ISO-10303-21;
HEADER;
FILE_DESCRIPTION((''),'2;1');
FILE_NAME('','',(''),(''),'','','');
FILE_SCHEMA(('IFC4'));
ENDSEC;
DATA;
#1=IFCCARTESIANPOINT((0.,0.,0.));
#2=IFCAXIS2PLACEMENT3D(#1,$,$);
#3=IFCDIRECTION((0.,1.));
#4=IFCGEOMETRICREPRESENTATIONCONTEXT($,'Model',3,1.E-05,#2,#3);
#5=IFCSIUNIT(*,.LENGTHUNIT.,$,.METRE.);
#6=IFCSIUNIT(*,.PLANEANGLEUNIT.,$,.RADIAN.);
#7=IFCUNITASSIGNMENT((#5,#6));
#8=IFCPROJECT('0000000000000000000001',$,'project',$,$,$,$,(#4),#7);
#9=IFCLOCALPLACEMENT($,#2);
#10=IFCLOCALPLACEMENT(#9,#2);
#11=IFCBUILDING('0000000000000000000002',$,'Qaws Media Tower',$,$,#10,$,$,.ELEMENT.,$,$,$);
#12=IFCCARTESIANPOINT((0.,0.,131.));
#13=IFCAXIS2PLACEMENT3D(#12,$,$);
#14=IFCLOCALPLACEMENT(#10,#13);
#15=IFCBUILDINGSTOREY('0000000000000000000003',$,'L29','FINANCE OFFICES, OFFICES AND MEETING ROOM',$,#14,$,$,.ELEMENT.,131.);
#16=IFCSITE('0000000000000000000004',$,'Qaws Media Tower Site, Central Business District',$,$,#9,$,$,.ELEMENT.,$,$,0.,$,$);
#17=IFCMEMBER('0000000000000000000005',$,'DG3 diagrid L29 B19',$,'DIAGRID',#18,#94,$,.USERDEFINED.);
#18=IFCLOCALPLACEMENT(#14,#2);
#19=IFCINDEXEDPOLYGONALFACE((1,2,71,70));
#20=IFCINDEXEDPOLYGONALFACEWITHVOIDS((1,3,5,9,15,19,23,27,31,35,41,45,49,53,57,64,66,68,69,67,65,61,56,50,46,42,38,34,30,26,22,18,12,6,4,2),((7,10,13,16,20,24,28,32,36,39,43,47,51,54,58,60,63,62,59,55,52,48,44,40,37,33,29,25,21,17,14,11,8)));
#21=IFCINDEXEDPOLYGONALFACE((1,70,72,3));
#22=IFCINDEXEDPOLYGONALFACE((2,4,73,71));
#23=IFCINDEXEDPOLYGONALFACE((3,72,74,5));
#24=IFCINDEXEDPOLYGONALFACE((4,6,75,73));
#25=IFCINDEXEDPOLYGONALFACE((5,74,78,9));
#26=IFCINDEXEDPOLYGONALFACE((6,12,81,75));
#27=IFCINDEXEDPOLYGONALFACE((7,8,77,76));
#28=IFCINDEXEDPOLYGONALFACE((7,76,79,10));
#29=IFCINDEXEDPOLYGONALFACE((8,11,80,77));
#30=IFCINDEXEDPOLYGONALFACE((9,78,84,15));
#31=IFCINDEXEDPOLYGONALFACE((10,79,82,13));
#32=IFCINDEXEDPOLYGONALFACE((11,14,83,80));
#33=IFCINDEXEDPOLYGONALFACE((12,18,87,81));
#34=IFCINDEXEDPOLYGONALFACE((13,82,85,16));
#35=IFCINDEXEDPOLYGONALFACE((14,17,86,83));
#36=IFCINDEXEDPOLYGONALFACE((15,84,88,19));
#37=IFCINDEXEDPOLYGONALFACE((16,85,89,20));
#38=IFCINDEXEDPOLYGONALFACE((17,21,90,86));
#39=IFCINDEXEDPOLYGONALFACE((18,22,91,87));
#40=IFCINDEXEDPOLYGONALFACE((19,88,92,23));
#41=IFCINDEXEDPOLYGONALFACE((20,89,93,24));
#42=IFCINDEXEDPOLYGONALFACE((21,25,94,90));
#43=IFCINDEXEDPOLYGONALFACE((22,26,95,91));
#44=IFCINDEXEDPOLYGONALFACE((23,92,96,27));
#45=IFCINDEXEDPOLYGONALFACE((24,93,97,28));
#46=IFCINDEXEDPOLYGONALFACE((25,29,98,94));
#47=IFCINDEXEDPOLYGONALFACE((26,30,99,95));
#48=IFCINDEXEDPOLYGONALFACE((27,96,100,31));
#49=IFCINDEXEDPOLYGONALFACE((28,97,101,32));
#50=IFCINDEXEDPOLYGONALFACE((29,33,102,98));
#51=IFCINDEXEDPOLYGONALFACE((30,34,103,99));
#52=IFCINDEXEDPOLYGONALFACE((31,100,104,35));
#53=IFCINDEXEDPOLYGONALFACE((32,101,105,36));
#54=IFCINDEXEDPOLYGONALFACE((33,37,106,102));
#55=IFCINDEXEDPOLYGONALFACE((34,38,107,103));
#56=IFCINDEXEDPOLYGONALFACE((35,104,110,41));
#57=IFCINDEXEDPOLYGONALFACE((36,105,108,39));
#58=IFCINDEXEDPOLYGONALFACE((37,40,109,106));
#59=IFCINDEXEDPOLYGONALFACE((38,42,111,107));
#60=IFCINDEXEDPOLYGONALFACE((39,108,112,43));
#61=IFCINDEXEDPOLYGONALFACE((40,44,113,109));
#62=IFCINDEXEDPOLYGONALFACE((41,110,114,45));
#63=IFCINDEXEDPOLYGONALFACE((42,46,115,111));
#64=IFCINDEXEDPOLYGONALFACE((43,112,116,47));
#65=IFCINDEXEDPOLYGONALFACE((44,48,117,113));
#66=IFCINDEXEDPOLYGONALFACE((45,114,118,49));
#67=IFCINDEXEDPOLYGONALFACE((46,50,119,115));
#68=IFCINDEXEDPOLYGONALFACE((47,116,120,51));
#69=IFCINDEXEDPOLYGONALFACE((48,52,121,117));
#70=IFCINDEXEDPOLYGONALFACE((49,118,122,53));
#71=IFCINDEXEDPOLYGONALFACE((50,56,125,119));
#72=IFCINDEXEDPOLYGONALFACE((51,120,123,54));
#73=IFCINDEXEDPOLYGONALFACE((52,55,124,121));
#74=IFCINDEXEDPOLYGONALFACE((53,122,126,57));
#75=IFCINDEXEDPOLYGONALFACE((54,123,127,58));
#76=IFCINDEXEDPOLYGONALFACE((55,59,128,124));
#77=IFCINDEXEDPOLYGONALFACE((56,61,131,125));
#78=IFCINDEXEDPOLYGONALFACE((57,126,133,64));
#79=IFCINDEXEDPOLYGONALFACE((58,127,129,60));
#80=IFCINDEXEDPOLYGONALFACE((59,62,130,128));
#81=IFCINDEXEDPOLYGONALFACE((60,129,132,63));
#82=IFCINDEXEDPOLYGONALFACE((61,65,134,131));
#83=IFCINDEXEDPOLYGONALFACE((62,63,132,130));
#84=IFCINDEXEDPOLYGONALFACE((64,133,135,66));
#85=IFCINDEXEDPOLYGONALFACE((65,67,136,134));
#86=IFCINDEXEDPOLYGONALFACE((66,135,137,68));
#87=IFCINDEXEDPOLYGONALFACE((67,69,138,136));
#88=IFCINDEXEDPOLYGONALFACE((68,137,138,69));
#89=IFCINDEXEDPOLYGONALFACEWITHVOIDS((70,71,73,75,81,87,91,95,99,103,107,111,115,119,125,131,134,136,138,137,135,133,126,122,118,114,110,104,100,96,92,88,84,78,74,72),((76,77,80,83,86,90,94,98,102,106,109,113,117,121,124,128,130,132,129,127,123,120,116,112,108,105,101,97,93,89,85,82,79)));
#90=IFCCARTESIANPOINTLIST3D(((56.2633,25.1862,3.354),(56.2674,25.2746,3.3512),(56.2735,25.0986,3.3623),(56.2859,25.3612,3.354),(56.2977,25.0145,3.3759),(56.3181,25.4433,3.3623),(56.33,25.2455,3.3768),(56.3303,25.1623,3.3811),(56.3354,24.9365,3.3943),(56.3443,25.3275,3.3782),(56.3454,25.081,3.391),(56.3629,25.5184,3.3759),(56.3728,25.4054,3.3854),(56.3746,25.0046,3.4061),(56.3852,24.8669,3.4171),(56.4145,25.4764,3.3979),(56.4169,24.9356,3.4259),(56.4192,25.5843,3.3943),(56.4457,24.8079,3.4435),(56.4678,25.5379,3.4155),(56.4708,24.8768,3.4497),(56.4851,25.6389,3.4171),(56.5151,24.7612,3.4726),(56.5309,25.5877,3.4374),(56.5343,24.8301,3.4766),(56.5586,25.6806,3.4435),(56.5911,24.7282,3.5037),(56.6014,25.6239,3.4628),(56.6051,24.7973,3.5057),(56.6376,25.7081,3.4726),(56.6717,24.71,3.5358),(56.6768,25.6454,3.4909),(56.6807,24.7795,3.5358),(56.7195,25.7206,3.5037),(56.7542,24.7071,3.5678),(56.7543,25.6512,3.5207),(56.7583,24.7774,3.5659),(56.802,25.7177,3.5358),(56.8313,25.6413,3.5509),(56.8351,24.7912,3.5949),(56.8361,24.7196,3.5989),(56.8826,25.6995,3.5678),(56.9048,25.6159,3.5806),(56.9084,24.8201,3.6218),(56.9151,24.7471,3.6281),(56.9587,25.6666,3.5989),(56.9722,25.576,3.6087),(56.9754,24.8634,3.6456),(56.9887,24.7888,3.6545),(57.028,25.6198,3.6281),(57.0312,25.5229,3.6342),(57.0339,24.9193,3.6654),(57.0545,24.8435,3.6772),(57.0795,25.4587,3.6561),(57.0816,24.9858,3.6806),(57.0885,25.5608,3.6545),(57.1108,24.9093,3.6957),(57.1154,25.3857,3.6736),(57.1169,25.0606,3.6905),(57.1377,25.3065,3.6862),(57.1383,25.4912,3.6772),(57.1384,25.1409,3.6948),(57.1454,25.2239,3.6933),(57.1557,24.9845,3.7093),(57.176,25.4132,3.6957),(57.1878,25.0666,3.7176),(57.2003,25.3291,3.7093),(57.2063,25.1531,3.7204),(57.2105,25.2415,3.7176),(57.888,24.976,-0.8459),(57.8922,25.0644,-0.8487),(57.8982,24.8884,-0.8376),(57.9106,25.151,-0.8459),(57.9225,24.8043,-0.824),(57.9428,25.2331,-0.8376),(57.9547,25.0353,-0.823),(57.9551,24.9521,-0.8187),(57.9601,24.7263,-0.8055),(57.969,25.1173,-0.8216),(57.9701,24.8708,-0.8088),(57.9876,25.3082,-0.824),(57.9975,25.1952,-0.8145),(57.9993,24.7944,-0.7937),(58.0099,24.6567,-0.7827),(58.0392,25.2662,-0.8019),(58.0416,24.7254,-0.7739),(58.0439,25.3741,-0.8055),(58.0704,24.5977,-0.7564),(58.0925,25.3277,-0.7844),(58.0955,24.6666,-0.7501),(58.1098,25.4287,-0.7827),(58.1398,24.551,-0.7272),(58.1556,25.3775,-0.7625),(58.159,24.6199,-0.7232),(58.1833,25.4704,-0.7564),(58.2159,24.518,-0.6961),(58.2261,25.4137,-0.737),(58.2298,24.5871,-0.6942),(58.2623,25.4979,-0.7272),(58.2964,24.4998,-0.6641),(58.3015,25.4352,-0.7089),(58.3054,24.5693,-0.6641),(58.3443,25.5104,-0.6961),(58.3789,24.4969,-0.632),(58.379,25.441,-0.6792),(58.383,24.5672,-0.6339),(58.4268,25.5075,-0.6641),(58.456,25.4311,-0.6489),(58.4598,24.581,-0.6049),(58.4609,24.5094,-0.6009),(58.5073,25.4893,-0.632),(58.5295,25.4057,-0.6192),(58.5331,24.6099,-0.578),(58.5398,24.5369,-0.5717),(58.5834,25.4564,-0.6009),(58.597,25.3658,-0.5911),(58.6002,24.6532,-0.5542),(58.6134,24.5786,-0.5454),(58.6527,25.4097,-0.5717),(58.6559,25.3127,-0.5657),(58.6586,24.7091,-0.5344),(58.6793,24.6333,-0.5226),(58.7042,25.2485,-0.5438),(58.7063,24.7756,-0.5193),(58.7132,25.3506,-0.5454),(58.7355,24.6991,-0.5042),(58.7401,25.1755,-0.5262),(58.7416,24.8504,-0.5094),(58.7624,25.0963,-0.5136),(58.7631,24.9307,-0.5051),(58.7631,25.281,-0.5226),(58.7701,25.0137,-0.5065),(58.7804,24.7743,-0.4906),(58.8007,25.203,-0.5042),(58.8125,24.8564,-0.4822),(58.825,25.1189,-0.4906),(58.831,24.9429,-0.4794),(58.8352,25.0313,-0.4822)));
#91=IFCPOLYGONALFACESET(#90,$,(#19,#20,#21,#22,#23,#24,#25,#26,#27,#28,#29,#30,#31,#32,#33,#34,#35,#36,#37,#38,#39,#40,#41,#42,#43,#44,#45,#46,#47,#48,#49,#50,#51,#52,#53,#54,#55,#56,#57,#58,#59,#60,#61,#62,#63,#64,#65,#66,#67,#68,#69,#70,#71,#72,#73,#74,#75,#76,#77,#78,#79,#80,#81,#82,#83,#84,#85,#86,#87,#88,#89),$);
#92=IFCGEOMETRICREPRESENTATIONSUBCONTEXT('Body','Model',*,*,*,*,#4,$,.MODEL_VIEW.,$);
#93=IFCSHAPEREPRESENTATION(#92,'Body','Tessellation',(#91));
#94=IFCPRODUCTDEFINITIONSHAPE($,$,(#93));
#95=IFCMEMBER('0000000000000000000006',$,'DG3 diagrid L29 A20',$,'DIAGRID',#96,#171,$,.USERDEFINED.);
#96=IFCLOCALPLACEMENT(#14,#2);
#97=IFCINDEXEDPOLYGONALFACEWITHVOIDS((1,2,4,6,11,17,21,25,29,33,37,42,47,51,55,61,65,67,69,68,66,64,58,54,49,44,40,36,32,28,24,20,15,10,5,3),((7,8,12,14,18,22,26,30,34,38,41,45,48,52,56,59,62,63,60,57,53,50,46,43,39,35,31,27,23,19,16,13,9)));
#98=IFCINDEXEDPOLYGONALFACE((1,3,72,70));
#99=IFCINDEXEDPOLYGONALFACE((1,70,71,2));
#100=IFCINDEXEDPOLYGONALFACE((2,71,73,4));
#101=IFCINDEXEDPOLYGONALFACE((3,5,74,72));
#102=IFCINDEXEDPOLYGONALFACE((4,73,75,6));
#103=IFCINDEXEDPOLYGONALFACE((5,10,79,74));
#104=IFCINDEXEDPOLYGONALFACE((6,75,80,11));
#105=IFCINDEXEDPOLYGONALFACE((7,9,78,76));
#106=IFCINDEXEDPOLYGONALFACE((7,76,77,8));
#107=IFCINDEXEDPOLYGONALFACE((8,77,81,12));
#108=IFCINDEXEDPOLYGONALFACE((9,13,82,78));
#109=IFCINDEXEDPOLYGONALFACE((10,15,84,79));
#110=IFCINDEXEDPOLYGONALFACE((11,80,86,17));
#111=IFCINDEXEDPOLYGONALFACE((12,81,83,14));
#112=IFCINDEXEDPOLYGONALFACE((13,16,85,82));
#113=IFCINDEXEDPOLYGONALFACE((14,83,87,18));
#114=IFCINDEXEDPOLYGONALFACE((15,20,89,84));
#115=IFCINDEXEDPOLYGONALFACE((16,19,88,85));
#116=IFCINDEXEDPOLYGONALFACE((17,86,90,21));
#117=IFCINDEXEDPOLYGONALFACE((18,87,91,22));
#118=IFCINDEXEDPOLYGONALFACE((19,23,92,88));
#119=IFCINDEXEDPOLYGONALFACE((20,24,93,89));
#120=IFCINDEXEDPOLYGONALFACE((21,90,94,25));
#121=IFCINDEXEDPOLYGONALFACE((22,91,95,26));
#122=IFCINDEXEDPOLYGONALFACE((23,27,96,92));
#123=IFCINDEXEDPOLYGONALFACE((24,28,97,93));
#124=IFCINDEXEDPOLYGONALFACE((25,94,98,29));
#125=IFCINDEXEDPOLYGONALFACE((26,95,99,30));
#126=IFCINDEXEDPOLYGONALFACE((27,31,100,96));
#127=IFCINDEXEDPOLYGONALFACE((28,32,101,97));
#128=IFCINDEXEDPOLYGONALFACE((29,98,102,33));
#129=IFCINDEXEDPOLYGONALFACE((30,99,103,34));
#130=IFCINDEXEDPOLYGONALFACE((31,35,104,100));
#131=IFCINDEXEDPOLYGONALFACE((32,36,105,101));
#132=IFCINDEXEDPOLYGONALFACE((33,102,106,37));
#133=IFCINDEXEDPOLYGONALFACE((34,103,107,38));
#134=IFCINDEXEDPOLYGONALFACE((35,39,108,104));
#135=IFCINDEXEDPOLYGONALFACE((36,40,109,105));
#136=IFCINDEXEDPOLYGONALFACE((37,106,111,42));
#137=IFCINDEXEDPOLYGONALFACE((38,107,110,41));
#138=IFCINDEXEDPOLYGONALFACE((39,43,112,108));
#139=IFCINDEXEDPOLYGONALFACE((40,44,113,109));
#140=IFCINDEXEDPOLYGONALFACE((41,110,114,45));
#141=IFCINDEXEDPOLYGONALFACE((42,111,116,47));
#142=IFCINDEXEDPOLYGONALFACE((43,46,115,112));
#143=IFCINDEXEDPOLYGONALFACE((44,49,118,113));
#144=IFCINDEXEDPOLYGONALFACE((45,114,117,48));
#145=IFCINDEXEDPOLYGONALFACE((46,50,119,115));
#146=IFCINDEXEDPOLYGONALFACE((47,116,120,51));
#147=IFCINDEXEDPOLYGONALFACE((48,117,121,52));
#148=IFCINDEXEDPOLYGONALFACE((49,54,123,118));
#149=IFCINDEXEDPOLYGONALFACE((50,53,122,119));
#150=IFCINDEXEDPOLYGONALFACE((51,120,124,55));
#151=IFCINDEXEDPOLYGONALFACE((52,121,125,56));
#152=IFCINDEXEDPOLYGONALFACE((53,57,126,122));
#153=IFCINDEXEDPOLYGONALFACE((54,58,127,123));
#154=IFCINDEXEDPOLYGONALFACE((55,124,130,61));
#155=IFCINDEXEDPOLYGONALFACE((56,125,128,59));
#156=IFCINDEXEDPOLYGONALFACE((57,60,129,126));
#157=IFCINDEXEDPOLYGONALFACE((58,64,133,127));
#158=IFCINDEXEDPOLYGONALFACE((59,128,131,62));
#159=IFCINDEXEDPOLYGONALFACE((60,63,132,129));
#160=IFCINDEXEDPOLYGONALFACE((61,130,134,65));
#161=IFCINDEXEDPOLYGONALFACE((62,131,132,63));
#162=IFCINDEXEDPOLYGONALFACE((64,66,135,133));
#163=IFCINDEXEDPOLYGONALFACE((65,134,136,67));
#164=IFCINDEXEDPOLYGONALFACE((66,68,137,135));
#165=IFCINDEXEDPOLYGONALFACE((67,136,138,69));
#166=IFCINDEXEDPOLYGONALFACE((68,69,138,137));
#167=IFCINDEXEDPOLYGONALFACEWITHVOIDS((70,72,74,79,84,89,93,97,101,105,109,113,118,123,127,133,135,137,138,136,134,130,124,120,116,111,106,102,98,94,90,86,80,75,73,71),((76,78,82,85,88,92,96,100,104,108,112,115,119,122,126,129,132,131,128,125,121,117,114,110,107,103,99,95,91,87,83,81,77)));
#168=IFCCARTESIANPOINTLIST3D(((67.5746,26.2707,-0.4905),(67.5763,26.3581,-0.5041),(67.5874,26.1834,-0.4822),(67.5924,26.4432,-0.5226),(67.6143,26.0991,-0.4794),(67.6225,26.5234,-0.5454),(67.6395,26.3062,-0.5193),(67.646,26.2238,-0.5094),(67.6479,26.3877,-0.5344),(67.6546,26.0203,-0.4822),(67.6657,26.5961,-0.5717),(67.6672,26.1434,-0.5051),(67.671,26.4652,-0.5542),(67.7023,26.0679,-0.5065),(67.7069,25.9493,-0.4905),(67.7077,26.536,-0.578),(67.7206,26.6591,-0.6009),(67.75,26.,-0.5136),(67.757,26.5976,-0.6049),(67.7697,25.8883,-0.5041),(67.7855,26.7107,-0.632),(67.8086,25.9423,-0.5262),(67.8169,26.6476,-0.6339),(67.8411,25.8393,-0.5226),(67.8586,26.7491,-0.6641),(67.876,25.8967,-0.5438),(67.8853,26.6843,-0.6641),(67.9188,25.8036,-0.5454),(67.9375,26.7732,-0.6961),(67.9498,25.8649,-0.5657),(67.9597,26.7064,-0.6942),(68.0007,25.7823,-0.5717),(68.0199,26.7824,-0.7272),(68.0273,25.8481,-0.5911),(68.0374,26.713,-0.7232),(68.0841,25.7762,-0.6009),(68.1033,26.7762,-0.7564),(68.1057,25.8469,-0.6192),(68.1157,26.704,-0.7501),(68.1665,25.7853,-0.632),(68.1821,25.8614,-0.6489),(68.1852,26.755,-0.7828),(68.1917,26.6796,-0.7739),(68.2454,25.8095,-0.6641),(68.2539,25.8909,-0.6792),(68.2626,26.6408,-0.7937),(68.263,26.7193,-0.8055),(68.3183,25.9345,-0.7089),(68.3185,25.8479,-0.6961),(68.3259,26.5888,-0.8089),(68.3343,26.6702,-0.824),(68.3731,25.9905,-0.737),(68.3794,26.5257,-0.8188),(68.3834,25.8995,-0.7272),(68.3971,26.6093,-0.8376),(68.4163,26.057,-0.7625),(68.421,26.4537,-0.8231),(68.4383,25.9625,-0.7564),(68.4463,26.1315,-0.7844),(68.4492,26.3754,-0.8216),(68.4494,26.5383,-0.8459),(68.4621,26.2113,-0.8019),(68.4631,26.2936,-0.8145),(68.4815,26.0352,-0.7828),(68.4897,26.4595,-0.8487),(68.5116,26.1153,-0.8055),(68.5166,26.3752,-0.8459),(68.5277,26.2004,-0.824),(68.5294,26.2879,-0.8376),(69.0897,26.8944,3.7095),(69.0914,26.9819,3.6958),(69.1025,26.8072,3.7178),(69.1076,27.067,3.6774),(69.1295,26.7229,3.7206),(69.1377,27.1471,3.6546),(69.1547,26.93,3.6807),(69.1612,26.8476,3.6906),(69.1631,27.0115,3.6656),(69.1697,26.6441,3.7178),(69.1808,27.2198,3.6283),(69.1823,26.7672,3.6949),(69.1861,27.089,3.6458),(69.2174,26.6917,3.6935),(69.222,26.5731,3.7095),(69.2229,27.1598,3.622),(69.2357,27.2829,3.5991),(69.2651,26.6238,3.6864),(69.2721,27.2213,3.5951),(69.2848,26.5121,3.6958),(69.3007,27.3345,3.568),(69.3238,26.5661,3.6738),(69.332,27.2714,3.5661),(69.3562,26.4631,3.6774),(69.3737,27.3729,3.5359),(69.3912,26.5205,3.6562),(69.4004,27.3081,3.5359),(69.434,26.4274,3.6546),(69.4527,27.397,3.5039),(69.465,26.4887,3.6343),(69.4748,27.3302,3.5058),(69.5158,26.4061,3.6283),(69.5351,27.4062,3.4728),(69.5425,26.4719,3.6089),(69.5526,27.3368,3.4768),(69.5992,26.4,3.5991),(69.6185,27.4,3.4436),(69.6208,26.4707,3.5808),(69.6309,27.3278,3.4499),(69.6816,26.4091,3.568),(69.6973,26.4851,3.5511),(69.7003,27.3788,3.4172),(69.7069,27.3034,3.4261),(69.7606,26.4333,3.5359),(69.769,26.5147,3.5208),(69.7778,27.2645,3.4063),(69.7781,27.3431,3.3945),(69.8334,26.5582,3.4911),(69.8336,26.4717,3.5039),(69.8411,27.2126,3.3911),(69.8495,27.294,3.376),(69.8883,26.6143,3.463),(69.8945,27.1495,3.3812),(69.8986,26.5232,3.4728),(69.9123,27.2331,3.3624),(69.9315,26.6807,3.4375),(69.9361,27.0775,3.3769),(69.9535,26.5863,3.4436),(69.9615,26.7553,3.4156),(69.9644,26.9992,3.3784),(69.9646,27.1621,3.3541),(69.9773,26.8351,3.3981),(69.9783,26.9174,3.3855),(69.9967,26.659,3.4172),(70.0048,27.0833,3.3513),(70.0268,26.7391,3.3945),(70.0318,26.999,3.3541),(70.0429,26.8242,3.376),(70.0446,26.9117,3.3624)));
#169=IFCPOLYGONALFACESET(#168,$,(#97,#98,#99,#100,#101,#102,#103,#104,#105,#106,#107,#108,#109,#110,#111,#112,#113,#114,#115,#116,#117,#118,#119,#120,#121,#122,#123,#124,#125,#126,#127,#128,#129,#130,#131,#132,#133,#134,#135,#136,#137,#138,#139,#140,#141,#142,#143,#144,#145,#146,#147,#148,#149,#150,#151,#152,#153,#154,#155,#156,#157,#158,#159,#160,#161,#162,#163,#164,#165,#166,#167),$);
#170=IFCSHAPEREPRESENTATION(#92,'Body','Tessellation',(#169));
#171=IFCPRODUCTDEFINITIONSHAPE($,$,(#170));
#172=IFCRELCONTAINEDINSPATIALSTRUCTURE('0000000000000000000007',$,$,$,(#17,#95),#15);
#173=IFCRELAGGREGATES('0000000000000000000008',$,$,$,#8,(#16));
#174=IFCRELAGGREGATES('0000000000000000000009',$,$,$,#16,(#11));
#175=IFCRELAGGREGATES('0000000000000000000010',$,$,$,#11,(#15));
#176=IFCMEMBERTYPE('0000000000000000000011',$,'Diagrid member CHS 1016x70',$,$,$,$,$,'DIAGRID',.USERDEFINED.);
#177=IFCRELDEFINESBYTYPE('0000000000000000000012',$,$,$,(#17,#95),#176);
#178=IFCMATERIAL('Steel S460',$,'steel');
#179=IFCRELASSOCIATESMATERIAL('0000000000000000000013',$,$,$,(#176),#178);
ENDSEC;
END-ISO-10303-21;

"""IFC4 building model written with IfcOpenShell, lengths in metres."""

from ifc_helpers import new_model, si_unit, direction, frame, origin, origin_2d, place, context, subcontext, project, spatial, hollow_circle, extrude, material, material_profile, profile_set, type_object, element, save


model = new_model("IFC4")

# Units and contexts
model_context = context("Model", 3, precision=1e-05, world=origin(), true_north=direction((0.0, 1.0)))
body_context = subcontext(model_context, "Body", "Model", "MODEL_VIEW")
ifc_project = project(units=[si_unit("LENGTHUNIT", "METRE"), si_unit("PLANEANGLEUNIT", "RADIAN")], contexts=[model_context])

# Site, building, storey
site_placement = place(None, origin())
site = spatial("IfcSite", under=ifc_project, at=site_placement, Name="Qaws Media Tower Site, Central Business District", CompositionType="ELEMENT", RefElevation=0.0)
building_placement = place(site_placement, origin())
building = spatial("IfcBuilding", under=site, at=building_placement, Name="Qaws Media Tower", CompositionType="ELEMENT")
storey_placement = place(building_placement, frame((0.0, 0.0, 131.0)))
storey = spatial("IfcBuildingStorey", under=building, at=storey_placement, Name="L29", Description="FINANCE OFFICES, OFFICES AND MEETING ROOM", CompositionType="ELEMENT", Elevation=131.0)

# Members
ifc_material_1 = material(Name="Steel S460", Category="steel")
ifc_material_profile_1 = material_profile(ifc_material_1, hollow_circle(Radius=0.5081, WallThickness=0.0701, at=origin_2d()), Name="CHS 1016x70")
ifc_profile_set_1 = profile_set([ifc_material_profile_1], Name="Steel S460")
member_type_1 = type_object("IfcMemberType", Name="Diagrid member CHS 1016x70", ElementType="DIAGRID", PredefinedType="USERDEFINED", material=ifc_profile_set_1)
for number, where, z_axis, x_axis, name in (
    (1, (58.3616, 25.0037, -0.6641), (-0.360402, 0.046628, 0.931631), (-0.128307, -0.991734, 0.0), "DG3 diagrid L29 B19"),
):
    element("IfcMember", number, at=place(storey_placement, frame(where, z_axis=z_axis, x_axis=x_axis)), inside=storey, type_object=member_type_1, Name=name, ObjectType="DIAGRID", PredefinedType="USERDEFINED", context=body_context, shape_type="SweptSolid", body=[
        extrude(hollow_circle(Radius=0.5081, WallThickness=0.0701, at=origin_2d()), origin(), (0.0, 0.0, 1.0), 4.5081),
    ])
member_1_placement = place(storey_placement, frame((68.052, 26.2793, -0.6641), z_axis=(0.336081, 0.138364, 0.931614), x_axis=(-0.380697, 0.9247, 0.0)))
element("IfcMember", 2, at=member_1_placement, inside=storey, type_object=member_type_1, Name="DG3 diagrid L29 A20", ObjectType="DIAGRID", PredefinedType="USERDEFINED", context=body_context, shape_type="SweptSolid", body=[
    extrude(hollow_circle(Radius=0.5081, WallThickness=0.0701, at=origin_2d()), origin(), (0.0, 0.0, 1.0), 4.5083),
])

save(model, "model.ifc")
